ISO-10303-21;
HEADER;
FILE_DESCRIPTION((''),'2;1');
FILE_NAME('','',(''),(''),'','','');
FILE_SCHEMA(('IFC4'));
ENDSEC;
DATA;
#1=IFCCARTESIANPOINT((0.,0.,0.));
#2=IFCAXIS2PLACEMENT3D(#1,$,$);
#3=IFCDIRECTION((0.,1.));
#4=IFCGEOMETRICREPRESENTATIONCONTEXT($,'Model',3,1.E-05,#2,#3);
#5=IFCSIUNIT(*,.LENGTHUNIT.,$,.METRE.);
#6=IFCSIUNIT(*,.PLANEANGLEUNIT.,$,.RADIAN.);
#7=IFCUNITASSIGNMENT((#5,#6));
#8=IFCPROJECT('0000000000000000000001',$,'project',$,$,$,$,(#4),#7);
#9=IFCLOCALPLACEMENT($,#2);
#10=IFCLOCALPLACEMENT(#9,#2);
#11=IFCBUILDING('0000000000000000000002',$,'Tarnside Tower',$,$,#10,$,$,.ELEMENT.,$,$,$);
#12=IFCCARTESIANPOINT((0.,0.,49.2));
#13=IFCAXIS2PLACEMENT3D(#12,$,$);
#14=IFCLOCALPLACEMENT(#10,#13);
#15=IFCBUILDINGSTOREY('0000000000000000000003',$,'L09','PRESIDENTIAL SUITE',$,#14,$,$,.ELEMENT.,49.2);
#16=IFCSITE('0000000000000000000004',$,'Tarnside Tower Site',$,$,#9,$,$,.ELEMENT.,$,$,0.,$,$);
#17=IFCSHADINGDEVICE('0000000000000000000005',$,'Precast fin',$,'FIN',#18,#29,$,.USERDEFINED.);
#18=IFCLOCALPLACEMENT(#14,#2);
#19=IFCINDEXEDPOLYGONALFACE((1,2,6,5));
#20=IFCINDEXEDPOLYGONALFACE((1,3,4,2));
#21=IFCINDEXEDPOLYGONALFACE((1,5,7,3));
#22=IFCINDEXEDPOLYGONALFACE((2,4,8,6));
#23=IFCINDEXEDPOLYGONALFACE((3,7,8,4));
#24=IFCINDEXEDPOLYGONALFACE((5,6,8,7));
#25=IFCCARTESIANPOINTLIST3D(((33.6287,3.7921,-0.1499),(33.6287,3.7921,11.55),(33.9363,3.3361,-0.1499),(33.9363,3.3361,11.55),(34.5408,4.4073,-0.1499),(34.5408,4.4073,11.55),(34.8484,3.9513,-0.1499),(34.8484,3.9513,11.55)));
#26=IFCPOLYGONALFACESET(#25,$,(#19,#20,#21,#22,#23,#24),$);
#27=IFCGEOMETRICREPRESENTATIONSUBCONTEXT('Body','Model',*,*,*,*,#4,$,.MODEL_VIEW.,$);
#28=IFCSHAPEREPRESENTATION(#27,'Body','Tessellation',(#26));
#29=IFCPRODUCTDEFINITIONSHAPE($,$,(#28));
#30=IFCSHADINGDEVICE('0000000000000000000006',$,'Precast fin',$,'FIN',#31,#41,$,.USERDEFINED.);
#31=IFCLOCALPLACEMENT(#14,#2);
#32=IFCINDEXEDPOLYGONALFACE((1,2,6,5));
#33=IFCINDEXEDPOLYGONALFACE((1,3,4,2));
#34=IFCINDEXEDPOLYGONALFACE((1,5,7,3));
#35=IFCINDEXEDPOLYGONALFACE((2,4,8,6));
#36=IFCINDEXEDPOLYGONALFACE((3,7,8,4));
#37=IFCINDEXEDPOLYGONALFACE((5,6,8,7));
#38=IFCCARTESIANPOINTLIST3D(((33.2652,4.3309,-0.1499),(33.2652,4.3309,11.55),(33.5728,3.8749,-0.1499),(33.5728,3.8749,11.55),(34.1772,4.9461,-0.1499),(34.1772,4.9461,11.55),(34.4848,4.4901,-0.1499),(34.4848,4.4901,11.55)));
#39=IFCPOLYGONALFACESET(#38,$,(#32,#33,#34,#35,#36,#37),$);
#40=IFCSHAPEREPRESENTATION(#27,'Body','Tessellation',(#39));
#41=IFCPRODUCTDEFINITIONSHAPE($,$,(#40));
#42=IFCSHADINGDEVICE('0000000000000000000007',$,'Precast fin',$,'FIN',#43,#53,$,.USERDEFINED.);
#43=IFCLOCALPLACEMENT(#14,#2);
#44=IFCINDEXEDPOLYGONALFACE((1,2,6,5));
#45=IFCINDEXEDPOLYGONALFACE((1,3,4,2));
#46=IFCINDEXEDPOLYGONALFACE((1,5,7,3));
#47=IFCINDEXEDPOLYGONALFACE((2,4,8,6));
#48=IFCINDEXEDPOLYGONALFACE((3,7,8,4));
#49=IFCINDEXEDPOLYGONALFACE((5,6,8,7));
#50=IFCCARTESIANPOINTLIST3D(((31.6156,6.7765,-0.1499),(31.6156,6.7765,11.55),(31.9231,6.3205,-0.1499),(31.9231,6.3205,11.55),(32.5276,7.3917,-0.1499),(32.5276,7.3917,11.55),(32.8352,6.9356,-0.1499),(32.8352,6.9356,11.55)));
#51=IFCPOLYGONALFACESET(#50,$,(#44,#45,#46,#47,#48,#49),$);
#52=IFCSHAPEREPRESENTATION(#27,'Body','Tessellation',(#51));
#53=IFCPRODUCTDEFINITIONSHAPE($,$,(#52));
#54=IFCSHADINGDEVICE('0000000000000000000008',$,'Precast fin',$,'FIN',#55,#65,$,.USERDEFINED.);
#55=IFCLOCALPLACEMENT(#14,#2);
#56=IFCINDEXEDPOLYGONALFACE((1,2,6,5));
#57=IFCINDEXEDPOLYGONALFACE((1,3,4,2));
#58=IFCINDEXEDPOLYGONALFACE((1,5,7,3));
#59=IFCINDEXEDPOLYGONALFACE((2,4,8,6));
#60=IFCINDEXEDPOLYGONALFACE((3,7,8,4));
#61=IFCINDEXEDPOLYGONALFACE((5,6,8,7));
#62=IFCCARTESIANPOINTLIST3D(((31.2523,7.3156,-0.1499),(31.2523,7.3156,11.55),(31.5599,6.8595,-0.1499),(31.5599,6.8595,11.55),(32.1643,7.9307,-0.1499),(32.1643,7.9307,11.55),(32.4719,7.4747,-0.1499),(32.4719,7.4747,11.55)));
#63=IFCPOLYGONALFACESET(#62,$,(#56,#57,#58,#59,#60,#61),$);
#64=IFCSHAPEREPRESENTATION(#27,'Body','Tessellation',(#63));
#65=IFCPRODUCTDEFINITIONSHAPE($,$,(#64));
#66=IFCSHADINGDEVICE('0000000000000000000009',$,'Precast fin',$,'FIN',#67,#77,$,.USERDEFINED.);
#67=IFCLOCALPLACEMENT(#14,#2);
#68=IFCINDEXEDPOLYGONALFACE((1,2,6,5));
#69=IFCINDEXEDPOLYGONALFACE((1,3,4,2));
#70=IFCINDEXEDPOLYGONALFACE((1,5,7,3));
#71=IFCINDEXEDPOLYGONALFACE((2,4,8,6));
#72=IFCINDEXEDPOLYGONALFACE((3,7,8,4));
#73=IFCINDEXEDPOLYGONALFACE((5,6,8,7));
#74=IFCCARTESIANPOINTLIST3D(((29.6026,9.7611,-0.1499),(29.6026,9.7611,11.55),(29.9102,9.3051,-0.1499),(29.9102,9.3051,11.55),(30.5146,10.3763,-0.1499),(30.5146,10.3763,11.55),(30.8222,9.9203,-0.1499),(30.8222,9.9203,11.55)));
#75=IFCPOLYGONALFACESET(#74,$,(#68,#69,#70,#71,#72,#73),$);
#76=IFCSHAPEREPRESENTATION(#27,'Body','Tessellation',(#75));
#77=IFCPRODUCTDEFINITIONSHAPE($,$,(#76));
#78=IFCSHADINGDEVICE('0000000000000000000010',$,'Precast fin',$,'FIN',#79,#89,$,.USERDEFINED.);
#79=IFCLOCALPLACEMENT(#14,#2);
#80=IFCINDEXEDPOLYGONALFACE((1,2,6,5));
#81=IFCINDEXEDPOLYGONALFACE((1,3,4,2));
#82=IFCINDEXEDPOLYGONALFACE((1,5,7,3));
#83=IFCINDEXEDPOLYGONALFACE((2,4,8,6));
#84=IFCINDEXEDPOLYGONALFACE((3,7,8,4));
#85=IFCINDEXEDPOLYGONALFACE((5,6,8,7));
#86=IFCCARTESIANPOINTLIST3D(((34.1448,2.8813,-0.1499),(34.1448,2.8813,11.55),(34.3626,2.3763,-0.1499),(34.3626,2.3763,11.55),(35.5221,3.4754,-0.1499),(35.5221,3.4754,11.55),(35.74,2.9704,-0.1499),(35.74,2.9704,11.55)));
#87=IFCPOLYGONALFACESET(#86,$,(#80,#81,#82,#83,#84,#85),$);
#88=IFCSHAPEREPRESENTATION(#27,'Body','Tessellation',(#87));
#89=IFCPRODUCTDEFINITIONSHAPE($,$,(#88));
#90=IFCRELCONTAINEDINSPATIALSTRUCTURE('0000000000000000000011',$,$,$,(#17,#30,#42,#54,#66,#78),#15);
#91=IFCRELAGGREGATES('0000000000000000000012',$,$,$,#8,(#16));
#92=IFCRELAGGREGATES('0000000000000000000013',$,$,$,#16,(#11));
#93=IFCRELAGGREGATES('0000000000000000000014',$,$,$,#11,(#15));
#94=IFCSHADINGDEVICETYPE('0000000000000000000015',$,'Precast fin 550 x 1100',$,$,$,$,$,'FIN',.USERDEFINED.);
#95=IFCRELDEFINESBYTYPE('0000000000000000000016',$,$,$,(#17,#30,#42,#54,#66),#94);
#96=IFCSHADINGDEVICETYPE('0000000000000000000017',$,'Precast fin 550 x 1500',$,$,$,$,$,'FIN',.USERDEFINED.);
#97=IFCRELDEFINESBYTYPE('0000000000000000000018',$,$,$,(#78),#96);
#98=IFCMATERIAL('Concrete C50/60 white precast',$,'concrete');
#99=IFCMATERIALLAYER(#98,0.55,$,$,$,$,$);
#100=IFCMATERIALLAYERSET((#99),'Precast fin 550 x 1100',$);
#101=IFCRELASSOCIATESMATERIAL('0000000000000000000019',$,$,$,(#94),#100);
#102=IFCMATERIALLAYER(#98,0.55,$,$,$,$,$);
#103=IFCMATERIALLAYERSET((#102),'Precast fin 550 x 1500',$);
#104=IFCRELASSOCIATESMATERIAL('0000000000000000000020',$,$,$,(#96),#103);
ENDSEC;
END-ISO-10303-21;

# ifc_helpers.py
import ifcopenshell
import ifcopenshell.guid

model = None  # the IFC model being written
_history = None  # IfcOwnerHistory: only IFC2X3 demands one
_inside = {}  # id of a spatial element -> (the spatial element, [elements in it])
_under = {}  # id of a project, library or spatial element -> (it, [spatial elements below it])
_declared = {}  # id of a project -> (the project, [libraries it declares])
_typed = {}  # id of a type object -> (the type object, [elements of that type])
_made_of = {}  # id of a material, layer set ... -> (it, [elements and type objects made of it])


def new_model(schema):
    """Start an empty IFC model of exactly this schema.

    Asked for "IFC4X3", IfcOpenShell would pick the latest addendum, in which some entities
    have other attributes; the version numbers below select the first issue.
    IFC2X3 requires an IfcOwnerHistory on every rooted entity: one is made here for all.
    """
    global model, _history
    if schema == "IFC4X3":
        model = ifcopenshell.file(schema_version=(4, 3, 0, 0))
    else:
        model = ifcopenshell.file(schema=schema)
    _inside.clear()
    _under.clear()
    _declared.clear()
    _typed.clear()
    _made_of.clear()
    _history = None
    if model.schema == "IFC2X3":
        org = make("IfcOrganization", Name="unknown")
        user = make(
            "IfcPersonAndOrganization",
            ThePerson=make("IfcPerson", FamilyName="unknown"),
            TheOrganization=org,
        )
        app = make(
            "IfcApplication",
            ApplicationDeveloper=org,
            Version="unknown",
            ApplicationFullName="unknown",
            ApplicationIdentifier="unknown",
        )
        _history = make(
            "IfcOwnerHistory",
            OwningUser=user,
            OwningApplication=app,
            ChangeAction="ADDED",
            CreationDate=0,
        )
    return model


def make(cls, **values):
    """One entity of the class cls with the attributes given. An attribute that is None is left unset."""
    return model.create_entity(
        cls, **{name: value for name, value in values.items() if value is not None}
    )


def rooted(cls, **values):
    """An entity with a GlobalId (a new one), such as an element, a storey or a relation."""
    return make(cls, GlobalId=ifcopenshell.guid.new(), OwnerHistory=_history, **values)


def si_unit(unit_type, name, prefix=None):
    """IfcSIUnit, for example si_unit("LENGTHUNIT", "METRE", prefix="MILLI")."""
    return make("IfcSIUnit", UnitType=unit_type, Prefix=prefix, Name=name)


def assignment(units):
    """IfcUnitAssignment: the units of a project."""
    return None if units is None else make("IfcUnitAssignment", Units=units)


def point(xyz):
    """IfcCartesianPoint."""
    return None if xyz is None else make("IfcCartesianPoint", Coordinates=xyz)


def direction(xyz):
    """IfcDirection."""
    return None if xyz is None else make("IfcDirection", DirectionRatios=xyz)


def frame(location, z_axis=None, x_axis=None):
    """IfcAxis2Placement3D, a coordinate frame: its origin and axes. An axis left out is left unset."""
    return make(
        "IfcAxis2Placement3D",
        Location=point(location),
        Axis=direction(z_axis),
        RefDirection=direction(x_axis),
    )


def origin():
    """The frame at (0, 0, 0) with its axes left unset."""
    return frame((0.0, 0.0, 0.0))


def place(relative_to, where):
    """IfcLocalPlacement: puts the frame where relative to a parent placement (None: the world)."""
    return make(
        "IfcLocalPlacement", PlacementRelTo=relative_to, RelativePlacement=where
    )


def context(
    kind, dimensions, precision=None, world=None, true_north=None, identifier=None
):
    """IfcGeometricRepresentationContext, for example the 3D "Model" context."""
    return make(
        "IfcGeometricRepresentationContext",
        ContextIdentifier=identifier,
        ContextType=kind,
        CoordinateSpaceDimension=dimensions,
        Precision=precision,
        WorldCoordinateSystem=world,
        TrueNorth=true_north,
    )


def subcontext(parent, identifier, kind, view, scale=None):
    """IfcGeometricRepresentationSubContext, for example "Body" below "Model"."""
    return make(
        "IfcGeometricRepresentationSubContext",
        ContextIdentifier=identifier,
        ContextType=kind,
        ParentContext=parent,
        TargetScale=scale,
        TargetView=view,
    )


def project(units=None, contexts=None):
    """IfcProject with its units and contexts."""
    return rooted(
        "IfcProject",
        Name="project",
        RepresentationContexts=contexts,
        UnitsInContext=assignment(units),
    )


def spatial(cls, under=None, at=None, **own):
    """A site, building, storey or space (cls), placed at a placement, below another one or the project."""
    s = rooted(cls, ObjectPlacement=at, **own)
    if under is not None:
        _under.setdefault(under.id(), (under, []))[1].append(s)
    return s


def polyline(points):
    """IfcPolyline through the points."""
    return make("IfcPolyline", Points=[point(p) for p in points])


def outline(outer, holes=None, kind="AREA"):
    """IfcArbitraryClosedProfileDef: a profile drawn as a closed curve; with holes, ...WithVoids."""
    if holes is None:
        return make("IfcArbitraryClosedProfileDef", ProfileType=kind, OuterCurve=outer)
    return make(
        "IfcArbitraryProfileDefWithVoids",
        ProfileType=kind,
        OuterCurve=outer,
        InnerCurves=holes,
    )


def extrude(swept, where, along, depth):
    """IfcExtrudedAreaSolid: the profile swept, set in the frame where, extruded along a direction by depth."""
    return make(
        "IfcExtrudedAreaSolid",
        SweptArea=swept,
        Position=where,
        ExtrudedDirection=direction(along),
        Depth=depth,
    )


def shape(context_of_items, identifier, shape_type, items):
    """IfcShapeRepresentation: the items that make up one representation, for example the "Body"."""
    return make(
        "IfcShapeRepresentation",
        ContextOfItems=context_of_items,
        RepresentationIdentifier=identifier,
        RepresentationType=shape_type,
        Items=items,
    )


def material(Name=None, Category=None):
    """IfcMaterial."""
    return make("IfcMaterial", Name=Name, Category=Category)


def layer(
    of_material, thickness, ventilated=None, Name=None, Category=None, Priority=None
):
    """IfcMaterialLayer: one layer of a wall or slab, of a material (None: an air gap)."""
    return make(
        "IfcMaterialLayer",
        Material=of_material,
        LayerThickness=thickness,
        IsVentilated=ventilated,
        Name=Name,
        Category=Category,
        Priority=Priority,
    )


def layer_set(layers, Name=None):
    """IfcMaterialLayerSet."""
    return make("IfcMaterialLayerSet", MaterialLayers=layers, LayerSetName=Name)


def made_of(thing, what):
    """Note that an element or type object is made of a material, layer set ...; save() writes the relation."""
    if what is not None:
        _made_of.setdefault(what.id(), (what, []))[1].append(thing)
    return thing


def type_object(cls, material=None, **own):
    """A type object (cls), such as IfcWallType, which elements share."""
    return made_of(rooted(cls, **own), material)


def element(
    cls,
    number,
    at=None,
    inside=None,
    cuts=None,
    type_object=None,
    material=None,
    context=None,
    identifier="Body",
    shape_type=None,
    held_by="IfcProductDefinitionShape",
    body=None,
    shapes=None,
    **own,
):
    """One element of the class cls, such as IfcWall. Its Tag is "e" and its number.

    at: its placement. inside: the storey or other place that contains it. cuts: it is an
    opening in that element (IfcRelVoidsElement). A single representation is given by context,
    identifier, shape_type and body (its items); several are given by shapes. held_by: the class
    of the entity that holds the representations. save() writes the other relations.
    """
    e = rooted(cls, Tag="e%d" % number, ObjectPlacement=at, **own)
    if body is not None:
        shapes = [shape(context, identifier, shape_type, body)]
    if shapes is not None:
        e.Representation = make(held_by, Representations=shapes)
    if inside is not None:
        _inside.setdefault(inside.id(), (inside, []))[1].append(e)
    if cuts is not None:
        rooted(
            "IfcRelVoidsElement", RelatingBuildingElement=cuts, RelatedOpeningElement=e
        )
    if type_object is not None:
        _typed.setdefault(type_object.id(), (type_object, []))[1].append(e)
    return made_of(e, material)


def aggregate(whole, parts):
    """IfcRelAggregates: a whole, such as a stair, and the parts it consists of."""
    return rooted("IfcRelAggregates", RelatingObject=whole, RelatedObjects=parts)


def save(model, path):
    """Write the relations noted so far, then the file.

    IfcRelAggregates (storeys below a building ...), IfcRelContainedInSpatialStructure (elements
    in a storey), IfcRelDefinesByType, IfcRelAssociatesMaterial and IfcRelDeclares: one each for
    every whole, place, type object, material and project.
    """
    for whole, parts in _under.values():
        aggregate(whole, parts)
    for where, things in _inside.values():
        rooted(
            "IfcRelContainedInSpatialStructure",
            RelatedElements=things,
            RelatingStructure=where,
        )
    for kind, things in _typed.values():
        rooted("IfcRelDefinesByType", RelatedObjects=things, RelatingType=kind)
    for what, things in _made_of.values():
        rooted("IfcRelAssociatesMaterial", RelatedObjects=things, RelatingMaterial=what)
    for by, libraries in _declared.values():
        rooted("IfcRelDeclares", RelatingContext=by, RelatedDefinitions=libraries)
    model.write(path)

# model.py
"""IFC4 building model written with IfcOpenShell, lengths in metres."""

from ifc_helpers import new_model, si_unit, direction, frame, origin, place, context, subcontext, project, spatial, polyline, outline, extrude, material, layer, layer_set, type_object, element, save


model = new_model("IFC4")

# Units and contexts
model_context = context("Model", 3, precision=1e-05, world=origin(), true_north=direction((0.0, 1.0)))
body_context = subcontext(model_context, "Body", "Model", "MODEL_VIEW")
ifc_project = project(units=[si_unit("LENGTHUNIT", "METRE"), si_unit("PLANEANGLEUNIT", "RADIAN")], contexts=[model_context])

# Site, building, storey
site_placement = place(None, origin())
site = spatial("IfcSite", under=ifc_project, at=site_placement, Name="Tarnside Tower Site", CompositionType="ELEMENT", RefElevation=0.0)
building_placement = place(site_placement, origin())
building = spatial("IfcBuilding", under=site, at=building_placement, Name="Tarnside Tower", CompositionType="ELEMENT")
storey_placement = place(building_placement, frame((0.0, 0.0, 49.2)))
storey = spatial("IfcBuildingStorey", under=building, at=storey_placement, Name="L09", Description="PRESIDENTIAL SUITE", CompositionType="ELEMENT", Elevation=49.2)

# Shading devices
ifc_material_1 = material(Name="Concrete C50/60 white precast", Category="concrete")
ifc_layer_1 = layer(ifc_material_1, 0.55)
ifc_layer_set_1 = layer_set([ifc_layer_1], Name="Precast fin 550 x 1100")
shading_device_type_1 = type_object("IfcShadingDeviceType", Name="Precast fin 550 x 1100", ElementType="FIN", PredefinedType="USERDEFINED", material=ifc_layer_set_1)
for number, where, z_axis, x_axis, name in (
    (1, (33.7825, 3.5642, -0.1499), (0.559193, -0.829038, 0.0), (0.829038, 0.559193, 0.0), "Precast fin"),
    (2, (33.4189, 4.103, -0.1499), (0.559193, -0.829038, 0.0), (0.829038, 0.559193, 0.0), "Precast fin"),
    (3, (31.7693, 6.5486, -0.1499), (0.559193, -0.829038, 0.0), (0.829038, 0.559193, 0.0), "Precast fin"),
    (4, (31.406, 7.0876, -0.1499), (0.559193, -0.829038, 0.0), (0.829038, 0.559193, 0.0), "Precast fin"),
    (5, (29.7563, 9.5332, -0.1499), (0.559193, -0.829038, 0.0), (0.829038, 0.559193, 0.0), "Precast fin"),
):
    element("IfcShadingDevice", number, at=place(storey_placement, frame(where, z_axis=z_axis, x_axis=x_axis)), inside=storey, type_object=shading_device_type_1, Name=name, ObjectType="FIN", PredefinedType="USERDEFINED", context=body_context, shape_type="SweptSolid", body=[
        extrude(outline(polyline([(0.0, 0.0), (1.1001, 0.0), (1.1001, 11.7), (0.0, 11.7), (0.0, 0.0)])), frame((0.0, 0.0, -0.2749)), (0.0, 0.0, 1.0), 0.55),
    ])
ifc_layer_2 = layer(ifc_material_1, 0.55)
ifc_layer_set_2 = layer_set([ifc_layer_2], Name="Precast fin 550 x 1500")
shading_device_type_2 = type_object("IfcShadingDeviceType", Name="Precast fin 550 x 1500", ElementType="FIN", PredefinedType="USERDEFINED", material=ifc_layer_set_2)
shading_device_placement = place(storey_placement, frame((34.2537, 2.6289, -0.1499), z_axis=(0.39608, -0.918216, 0.0), x_axis=(0.918216, 0.39608, 0.0)))
element("IfcShadingDevice", 6, at=shading_device_placement, inside=storey, type_object=shading_device_type_2, Name="Precast fin", ObjectType="FIN", PredefinedType="USERDEFINED", context=body_context, shape_type="SweptSolid", body=[
    extrude(outline(polyline([(0.0, 0.0), (1.5, 0.0), (1.5, 11.7), (0.0, 11.7), (0.0, 0.0)])), frame((0.0, 0.0, -0.2749)), (0.0, 0.0, 1.0), 0.55),
])

save(model, "model.ifc")
